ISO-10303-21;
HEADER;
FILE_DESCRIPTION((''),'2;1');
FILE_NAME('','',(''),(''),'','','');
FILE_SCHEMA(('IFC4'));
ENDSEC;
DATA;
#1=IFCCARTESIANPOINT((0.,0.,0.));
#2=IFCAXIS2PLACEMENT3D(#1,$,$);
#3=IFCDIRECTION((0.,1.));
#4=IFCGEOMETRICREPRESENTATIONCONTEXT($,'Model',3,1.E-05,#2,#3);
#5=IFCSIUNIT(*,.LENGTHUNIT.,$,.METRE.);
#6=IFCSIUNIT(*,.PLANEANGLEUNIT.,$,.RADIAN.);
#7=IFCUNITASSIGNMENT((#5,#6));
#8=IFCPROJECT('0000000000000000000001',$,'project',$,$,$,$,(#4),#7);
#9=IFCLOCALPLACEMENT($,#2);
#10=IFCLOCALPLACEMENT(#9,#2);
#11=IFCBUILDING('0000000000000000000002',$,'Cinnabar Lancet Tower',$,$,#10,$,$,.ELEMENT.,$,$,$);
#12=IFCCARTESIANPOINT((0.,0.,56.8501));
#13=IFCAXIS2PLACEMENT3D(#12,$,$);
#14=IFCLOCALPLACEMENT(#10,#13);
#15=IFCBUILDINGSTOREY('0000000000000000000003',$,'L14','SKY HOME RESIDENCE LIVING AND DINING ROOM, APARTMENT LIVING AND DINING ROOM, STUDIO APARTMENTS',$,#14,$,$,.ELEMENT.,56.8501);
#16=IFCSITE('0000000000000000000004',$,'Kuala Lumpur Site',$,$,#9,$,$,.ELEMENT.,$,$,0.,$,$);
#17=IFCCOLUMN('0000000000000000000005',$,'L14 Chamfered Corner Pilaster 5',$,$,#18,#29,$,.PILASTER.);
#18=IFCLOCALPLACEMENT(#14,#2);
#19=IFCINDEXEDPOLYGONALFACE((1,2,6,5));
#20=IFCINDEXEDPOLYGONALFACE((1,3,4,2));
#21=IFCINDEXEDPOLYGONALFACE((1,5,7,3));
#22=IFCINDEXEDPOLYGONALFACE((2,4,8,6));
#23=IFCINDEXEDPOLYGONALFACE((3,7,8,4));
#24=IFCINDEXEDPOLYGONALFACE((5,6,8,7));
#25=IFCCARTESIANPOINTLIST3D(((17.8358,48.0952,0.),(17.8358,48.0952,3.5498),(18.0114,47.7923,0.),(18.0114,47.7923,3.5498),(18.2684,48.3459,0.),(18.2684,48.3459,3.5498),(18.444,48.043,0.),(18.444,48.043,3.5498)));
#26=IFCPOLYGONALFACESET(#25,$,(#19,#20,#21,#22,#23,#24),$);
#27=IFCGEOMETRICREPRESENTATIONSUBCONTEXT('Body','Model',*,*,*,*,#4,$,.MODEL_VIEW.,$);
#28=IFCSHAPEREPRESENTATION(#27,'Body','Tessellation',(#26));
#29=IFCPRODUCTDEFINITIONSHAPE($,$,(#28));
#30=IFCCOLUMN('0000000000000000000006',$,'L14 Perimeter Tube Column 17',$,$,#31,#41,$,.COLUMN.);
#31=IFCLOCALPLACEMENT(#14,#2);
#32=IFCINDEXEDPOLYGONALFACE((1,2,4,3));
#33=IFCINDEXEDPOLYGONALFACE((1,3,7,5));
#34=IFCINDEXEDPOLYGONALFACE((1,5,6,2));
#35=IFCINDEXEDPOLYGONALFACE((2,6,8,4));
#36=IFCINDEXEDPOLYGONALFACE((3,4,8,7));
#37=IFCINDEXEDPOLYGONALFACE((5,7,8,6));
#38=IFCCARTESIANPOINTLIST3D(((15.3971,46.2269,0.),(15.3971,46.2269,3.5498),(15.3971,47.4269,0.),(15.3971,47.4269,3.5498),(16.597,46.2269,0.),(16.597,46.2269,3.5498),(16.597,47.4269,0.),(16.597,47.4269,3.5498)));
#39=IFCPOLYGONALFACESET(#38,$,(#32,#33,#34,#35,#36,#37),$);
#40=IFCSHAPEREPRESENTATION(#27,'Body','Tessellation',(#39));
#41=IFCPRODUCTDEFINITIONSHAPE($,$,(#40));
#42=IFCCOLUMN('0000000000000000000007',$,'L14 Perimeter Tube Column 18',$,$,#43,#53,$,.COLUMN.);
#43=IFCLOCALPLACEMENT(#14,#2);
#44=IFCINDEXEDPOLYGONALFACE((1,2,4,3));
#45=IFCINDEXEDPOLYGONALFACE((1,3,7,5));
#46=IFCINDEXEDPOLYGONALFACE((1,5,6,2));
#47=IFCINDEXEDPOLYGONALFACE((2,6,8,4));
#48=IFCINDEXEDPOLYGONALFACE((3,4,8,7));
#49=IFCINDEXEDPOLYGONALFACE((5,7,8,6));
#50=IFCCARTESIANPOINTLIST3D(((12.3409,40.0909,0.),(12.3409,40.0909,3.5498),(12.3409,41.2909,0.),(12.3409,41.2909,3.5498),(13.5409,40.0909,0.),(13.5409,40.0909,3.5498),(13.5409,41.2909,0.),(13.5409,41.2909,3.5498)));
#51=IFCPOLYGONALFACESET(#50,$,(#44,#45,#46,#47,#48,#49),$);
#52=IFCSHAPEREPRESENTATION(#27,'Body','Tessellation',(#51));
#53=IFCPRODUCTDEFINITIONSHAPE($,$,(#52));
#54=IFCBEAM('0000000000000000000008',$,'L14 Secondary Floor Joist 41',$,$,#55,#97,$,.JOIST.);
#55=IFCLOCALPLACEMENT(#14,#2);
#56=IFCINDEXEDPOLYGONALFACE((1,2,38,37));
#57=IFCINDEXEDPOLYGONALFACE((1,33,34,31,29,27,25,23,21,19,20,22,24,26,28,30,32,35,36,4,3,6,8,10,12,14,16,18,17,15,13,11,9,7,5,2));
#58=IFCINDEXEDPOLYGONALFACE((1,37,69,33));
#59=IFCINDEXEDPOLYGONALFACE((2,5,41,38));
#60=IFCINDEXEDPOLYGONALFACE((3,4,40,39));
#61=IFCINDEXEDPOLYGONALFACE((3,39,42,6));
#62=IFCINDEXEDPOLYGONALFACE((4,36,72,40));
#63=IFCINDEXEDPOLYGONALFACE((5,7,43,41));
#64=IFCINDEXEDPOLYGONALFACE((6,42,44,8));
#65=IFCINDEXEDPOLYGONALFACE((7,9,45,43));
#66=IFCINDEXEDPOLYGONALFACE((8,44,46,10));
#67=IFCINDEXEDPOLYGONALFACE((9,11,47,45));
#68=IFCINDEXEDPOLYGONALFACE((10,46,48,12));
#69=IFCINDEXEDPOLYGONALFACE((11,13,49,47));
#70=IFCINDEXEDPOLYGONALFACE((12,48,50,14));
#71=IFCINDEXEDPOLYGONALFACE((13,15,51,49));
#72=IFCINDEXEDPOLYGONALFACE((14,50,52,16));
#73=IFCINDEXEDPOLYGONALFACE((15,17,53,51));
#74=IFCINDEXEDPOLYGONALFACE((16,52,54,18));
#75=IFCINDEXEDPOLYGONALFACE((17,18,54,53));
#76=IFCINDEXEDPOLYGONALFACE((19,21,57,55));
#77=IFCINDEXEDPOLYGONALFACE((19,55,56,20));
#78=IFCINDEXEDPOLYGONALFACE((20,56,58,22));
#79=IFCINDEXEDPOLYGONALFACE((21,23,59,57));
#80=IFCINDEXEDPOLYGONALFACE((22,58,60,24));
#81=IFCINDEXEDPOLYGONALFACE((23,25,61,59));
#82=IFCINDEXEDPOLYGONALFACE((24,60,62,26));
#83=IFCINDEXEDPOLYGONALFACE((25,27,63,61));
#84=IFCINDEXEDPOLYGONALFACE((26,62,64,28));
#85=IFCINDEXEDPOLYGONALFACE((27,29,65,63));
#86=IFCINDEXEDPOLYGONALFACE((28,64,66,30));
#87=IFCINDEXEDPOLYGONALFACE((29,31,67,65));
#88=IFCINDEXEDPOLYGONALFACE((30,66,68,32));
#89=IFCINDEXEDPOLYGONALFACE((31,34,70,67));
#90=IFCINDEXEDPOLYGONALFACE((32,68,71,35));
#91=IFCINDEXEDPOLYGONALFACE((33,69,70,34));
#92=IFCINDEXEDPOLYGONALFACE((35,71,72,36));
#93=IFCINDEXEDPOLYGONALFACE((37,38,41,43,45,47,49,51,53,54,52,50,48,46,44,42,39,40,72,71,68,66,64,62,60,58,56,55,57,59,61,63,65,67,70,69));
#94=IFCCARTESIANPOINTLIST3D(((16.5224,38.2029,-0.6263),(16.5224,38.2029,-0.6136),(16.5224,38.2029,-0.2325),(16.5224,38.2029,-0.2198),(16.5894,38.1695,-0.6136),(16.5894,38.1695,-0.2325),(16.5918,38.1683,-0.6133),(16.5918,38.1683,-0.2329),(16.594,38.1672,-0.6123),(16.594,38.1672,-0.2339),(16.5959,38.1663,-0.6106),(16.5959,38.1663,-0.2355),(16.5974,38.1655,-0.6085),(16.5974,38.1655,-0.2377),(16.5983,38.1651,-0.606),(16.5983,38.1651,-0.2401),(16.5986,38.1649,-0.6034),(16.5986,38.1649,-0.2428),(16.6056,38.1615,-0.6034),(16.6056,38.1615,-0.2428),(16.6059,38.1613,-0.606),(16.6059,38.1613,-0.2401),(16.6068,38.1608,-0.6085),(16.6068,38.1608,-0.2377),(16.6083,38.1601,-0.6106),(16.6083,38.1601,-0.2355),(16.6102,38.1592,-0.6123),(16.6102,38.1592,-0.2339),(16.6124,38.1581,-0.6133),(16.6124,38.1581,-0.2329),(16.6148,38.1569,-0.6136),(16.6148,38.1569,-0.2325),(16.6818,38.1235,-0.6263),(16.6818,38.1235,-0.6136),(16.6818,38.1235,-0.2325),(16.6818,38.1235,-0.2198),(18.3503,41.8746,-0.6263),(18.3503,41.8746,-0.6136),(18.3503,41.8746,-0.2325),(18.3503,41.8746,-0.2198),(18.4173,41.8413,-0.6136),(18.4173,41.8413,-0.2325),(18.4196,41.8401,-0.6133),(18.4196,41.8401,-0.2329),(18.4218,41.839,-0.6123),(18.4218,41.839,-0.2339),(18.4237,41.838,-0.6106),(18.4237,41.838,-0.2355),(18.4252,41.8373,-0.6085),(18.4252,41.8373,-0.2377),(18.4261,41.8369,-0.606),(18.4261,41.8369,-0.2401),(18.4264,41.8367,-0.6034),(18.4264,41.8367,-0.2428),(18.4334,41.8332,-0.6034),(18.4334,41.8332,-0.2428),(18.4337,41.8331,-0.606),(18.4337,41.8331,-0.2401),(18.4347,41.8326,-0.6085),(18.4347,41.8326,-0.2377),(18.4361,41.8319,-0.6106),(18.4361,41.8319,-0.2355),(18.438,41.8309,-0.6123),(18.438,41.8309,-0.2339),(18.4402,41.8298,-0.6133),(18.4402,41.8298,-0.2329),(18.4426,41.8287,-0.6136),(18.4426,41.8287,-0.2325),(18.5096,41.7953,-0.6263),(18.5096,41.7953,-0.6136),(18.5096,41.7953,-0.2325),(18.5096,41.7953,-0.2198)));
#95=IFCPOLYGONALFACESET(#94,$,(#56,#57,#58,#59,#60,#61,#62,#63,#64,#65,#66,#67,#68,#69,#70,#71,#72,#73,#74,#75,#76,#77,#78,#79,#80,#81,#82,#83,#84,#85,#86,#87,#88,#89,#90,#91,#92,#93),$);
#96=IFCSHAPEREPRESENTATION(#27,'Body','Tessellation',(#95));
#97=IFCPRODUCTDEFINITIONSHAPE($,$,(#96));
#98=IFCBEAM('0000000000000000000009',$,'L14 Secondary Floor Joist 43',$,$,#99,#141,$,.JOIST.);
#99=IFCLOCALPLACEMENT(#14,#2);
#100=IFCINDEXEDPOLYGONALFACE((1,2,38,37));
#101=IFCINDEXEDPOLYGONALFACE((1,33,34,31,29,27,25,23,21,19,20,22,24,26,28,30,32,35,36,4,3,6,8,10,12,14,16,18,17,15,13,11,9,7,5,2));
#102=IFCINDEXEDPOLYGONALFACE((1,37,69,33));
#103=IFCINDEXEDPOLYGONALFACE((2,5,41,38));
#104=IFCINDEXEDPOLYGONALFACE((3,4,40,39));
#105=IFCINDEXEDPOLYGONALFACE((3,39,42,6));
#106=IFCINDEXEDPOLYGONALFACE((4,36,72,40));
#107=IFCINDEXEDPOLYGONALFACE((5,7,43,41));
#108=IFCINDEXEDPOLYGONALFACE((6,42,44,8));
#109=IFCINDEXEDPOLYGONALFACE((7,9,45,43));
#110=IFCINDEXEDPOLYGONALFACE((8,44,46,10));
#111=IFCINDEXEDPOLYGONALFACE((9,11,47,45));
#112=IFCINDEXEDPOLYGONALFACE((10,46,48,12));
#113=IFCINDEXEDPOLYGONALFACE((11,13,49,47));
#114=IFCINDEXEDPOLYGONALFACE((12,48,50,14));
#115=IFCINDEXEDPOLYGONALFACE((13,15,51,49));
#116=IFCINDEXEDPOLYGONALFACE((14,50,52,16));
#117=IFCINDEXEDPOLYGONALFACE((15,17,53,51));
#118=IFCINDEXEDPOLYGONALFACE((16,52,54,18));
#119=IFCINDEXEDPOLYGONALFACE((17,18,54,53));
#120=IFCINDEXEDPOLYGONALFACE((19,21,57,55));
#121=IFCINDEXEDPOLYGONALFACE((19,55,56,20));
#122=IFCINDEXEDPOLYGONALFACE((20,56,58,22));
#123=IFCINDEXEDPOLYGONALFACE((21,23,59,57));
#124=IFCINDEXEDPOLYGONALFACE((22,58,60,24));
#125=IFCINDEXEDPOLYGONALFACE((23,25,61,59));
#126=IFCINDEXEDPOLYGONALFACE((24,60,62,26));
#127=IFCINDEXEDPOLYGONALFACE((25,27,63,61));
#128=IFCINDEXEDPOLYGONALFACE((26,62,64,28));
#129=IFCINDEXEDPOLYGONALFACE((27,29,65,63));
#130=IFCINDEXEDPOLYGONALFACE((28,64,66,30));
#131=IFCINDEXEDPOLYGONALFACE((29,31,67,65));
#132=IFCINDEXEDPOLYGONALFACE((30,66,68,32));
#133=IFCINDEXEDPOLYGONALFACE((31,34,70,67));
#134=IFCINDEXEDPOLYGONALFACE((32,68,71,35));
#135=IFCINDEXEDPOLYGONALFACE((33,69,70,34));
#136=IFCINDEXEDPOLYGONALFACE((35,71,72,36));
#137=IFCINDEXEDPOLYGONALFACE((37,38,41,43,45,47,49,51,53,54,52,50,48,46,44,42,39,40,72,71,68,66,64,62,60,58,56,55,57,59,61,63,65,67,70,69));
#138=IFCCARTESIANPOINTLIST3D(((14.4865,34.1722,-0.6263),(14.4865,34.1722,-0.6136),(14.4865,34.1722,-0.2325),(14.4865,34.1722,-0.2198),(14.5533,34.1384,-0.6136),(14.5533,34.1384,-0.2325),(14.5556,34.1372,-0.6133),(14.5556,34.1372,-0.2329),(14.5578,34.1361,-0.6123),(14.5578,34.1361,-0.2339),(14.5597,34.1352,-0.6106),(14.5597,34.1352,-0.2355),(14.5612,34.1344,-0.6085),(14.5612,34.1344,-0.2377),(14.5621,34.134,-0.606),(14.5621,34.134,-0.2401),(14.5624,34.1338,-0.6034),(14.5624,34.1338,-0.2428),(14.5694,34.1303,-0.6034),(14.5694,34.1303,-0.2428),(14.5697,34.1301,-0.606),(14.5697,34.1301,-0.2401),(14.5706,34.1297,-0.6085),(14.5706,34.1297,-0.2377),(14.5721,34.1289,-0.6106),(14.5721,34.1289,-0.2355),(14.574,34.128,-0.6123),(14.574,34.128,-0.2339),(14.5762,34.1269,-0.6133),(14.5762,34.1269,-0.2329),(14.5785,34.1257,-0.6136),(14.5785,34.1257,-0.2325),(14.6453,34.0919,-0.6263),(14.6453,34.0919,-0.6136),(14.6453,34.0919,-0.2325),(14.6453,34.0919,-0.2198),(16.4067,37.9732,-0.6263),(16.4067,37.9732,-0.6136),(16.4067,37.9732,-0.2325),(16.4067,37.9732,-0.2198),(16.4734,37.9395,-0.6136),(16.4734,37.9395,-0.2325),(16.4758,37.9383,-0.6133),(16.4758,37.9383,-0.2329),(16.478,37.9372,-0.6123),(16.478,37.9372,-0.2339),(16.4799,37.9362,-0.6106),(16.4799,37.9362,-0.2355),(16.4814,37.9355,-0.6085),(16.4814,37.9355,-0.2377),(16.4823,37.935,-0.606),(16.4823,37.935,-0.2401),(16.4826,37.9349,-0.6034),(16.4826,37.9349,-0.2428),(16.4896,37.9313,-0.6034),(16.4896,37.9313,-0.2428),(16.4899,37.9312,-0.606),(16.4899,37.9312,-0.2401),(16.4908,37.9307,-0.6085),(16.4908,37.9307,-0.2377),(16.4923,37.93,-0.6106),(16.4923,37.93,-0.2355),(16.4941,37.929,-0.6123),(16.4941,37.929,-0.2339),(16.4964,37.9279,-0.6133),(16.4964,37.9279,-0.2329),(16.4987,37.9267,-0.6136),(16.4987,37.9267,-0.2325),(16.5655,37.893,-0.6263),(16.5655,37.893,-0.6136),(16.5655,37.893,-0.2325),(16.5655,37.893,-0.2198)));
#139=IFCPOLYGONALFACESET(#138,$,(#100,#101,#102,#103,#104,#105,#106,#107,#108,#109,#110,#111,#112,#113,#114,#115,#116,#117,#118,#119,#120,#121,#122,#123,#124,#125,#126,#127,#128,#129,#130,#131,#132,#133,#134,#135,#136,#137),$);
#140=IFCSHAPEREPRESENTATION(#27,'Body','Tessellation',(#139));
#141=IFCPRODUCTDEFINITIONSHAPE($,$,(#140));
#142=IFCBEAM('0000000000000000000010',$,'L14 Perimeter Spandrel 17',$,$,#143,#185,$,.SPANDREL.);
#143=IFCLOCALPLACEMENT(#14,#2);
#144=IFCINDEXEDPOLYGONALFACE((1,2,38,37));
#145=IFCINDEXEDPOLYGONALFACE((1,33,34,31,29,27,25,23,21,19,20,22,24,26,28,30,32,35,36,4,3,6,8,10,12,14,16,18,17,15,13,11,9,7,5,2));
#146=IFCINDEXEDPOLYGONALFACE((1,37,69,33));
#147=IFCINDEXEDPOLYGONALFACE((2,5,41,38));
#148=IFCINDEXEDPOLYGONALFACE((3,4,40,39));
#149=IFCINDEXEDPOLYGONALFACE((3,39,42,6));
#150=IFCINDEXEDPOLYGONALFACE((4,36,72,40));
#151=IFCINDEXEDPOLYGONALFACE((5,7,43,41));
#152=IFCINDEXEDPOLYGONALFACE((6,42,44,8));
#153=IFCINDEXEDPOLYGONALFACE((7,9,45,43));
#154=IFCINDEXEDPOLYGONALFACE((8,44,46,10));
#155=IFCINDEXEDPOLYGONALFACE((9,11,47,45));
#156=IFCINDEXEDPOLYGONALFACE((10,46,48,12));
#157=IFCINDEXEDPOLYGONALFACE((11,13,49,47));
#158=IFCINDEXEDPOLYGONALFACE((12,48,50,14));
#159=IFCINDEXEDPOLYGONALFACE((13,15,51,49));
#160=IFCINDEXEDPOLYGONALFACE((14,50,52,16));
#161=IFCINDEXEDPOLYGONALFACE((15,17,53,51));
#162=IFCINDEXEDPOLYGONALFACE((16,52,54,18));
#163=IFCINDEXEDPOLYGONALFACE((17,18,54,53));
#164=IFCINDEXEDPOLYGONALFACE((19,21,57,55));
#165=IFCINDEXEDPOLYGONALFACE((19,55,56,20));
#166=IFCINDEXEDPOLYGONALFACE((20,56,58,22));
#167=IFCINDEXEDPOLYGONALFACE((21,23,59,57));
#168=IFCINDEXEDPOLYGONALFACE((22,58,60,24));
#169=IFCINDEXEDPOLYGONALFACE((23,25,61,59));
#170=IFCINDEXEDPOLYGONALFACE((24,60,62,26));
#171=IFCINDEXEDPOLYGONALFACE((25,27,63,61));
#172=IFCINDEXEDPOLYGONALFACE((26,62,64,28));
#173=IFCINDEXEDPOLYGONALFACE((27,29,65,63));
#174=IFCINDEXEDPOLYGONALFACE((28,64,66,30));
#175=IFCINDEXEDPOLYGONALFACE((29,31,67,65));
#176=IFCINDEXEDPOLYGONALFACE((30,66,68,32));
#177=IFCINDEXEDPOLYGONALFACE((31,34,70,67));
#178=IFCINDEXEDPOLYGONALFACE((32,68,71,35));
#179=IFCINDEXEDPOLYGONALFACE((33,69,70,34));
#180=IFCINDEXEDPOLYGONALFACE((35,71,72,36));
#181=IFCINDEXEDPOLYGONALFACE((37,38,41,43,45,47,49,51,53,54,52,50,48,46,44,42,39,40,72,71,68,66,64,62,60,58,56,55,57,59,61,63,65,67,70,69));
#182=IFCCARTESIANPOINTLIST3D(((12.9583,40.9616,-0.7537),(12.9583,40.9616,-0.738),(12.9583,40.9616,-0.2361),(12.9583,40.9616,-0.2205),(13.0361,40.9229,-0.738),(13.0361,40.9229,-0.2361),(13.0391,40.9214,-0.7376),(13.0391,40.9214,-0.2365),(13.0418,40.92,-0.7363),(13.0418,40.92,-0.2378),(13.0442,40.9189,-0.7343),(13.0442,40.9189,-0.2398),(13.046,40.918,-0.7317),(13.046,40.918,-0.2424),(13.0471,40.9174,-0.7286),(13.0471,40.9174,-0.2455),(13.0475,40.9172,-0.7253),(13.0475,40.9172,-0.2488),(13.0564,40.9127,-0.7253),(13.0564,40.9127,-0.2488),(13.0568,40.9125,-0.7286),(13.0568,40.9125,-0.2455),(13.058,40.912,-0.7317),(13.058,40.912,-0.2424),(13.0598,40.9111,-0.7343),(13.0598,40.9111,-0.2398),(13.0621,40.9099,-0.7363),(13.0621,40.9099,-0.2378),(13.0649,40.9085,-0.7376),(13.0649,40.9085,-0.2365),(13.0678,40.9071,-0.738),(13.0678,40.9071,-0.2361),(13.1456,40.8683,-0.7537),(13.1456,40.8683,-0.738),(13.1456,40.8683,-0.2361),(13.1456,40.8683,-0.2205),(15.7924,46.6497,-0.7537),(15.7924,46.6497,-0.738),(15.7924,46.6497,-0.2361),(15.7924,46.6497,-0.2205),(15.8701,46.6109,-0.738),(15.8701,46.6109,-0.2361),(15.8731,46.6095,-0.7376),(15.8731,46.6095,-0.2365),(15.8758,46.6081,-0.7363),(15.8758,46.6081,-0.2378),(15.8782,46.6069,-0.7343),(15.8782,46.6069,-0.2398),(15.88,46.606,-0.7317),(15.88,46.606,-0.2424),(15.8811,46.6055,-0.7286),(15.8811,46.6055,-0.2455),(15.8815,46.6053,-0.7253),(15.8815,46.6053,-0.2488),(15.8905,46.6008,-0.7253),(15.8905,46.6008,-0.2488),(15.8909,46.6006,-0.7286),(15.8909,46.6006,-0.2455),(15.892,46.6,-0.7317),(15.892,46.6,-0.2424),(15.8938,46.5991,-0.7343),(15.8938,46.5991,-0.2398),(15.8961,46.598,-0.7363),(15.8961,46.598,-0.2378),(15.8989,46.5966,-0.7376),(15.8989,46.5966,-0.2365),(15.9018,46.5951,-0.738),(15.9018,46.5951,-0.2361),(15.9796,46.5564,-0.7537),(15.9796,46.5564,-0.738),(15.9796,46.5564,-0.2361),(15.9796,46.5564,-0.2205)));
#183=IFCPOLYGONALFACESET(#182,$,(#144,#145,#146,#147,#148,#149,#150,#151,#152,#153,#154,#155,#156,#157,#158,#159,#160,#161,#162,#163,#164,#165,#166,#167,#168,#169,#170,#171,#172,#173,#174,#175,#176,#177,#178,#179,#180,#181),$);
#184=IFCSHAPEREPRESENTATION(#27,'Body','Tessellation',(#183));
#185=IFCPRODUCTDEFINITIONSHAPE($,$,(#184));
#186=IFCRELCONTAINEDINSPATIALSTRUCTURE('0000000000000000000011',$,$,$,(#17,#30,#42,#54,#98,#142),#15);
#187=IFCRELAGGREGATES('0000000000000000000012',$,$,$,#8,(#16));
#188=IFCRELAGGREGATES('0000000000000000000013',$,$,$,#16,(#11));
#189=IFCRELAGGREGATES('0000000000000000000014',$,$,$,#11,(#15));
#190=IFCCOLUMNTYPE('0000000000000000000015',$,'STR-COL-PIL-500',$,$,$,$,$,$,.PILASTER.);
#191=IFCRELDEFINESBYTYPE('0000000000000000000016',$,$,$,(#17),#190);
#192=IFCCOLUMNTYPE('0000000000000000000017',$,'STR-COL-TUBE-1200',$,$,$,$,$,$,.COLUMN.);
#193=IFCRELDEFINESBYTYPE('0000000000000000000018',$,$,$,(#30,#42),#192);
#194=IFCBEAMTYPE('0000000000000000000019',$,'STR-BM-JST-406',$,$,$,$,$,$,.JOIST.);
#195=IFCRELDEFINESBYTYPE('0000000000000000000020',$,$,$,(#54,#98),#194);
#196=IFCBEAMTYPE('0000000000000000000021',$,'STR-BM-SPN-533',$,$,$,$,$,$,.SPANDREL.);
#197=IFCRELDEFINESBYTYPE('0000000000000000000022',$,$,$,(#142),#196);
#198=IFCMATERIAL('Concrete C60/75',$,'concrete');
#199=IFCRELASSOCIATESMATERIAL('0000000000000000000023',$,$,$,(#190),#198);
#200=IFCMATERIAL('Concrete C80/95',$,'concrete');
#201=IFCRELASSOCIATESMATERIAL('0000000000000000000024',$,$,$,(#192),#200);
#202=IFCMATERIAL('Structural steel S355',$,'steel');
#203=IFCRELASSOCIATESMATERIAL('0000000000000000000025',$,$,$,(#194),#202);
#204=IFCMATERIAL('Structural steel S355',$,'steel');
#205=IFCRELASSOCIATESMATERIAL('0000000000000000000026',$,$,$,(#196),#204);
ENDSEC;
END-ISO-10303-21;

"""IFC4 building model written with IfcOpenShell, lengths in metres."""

from ifc_helpers import new_model, si_unit, direction, frame, origin, origin_2d, place, context, subcontext, project, spatial, rectangle, i_section, extrude, material, material_profile, profile_set, type_object, element, save


model = new_model("IFC4")

# Units and contexts
model_context = context("Model", 3, precision=1e-05, world=origin(), true_north=direction((0.0, 1.0)))
body_context = subcontext(model_context, "Body", "Model", "MODEL_VIEW")
ifc_project = project(units=[si_unit("LENGTHUNIT", "METRE"), si_unit("PLANEANGLEUNIT", "RADIAN")], contexts=[model_context])

# Site, building, storey
site_placement = place(None, origin())
site = spatial("IfcSite", under=ifc_project, at=site_placement, Name="Kuala Lumpur Site", CompositionType="ELEMENT", RefElevation=0.0)
building_placement = place(site_placement, origin())
building = spatial("IfcBuilding", under=site, at=building_placement, Name="Cinnabar Lancet Tower", CompositionType="ELEMENT")
storey_placement = place(building_placement, frame((0.0, 0.0, 56.8501)))
storey = spatial("IfcBuildingStorey", under=building, at=storey_placement, Name="L14", Description="SKY HOME RESIDENCE LIVING AND DINING ROOM, APARTMENT LIVING AND DINING ROOM, STUDIO APARTMENTS", CompositionType="ELEMENT", Elevation=56.8501)

# Columns
ifc_material_1 = material(Name="Concrete C60/75", Category="concrete")
ifc_material_profile_1 = material_profile(ifc_material_1, rectangle(XDim=0.5, YDim=0.3501, at=origin_2d()), Name="RC-PIL 500x350")
ifc_profile_set_1 = profile_set([ifc_material_profile_1], Name="Concrete C60/75")
column_type_1 = type_object("IfcColumnType", Name="STR-COL-PIL-500", PredefinedType="PILASTER", material=ifc_profile_set_1)
column_placement = place(storey_placement, frame((18.1399, 48.0691, 0.0), z_axis=(0.0, 0.0, 1.0), x_axis=(-0.865195, -0.501435, 0.0)))
element("IfcColumn", 1, at=column_placement, inside=storey, type_object=column_type_1, Name="L14 Chamfered Corner Pilaster 5", PredefinedType="PILASTER", context=body_context, shape_type="SweptSolid", body=[
    extrude(rectangle(XDim=0.5, YDim=0.3501, at=origin_2d()), origin(), (0.0, 0.0, 1.0), 3.5498),
])
ifc_material_2 = material(Name="Concrete C80/95", Category="concrete")
ifc_material_profile_2 = material_profile(ifc_material_2, rectangle(XDim=1.2, YDim=1.2, at=origin_2d()), Name="RC-COL 1200x1200")
ifc_profile_set_2 = profile_set([ifc_material_profile_2], Name="Concrete C80/95")
column_type_2 = type_object("IfcColumnType", Name="STR-COL-TUBE-1200", PredefinedType="COLUMN", material=ifc_profile_set_2)
for number, where, z_axis, x_axis, name in (
    (2, (15.9971, 46.8269, 0.0), (0.0, 0.0, 1.0), (1.0, 0.0, 0.0), "L14 Perimeter Tube Column 17"),
    (3, (12.9409, 40.6909, 0.0), (0.0, 0.0, 1.0), (1.0, 0.0, 0.0), "L14 Perimeter Tube Column 18"),
):
    element("IfcColumn", number, at=place(storey_placement, frame(where, z_axis=z_axis, x_axis=x_axis)), inside=storey, type_object=column_type_2, Name=name, PredefinedType="COLUMN", context=body_context, shape_type="SweptSolid", body=[
        extrude(rectangle(XDim=1.2, YDim=1.2, at=origin_2d()), origin(), (0.0, 0.0, 1.0), 3.5498),
    ])

# Beams
ifc_material_3 = material(Name="Structural steel S355", Category="steel")
ifc_material_profile_3 = material_profile(ifc_material_3, i_section(OverallWidth=0.178, OverallDepth=0.4065, WebThickness=0.0078, FlangeThickness=0.0127, FilletRadius=0.0103, at=origin_2d()), Name="UKB 406x178x60")
ifc_profile_set_3 = profile_set([ifc_material_profile_3], Name="Structural steel S355")
beam_type_1 = type_object("IfcBeamType", Name="STR-BM-JST-406", PredefinedType="JOIST", material=ifc_profile_set_3)
beam_1_placement = place(storey_placement, frame((18.4299, 41.835, -0.4231), z_axis=(-0.445642, -0.895212, 0.0), x_axis=(0.895212, -0.445642, 0.0)))
element("IfcBeam", 4, at=beam_1_placement, inside=storey, type_object=beam_type_1, Name="L14 Secondary Floor Joist 41", PredefinedType="JOIST", context=body_context, shape_type="SweptSolid", body=[
    extrude(i_section(OverallWidth=0.178, OverallDepth=0.4065, WebThickness=0.0078, FlangeThickness=0.0127, FilletRadius=0.0103, at=origin_2d()), origin(), (0.0, 0.0, 1.0), 4.1016),
])
beam_2_placement = place(storey_placement, frame((16.4861, 37.9331, -0.4231), z_axis=(-0.450902, -0.892574, 0.0), x_axis=(0.892574, -0.450902, 0.0)))
element("IfcBeam", 5, at=beam_2_placement, inside=storey, type_object=beam_type_1, Name="L14 Secondary Floor Joist 43", PredefinedType="JOIST", context=body_context, shape_type="SweptSolid", body=[
    extrude(i_section(OverallWidth=0.178, OverallDepth=0.4065, WebThickness=0.0078, FlangeThickness=0.0127, FilletRadius=0.0103, at=origin_2d()), origin(), (0.0, 0.0, 1.0), 4.2585),
])
ifc_material_4 = material(Name="Structural steel S355", Category="steel")
ifc_material_profile_4 = material_profile(ifc_material_4, i_section(OverallWidth=0.2092, OverallDepth=0.5332, WebThickness=0.01, FlangeThickness=0.0156, FilletRadius=0.0127, at=origin_2d()), Name="UKB 533x210x92")
ifc_profile_set_4 = profile_set([ifc_material_profile_4], Name="Structural steel S355")
beam_type_2 = type_object("IfcBeamType", Name="STR-BM-SPN-533", PredefinedType="SPANDREL", material=ifc_profile_set_4)
beam_3_placement = place(storey_placement, frame((15.886, 46.603, -0.4871), z_axis=(-0.445953, -0.895056, 0.0), x_axis=(0.895056, -0.445953, 0.0)))
element("IfcBeam", 6, at=beam_3_placement, inside=storey, type_object=beam_type_2, Name="L14 Perimeter Spandrel 17", PredefinedType="SPANDREL", context=body_context, shape_type="SweptSolid", body=[
    extrude(i_section(OverallWidth=0.2092, OverallDepth=0.5332, WebThickness=0.01, FlangeThickness=0.0156, FilletRadius=0.0127, at=origin_2d()), origin(), (0.0, 0.0, 1.0), 6.355),
])

save(model, "model.ifc")
